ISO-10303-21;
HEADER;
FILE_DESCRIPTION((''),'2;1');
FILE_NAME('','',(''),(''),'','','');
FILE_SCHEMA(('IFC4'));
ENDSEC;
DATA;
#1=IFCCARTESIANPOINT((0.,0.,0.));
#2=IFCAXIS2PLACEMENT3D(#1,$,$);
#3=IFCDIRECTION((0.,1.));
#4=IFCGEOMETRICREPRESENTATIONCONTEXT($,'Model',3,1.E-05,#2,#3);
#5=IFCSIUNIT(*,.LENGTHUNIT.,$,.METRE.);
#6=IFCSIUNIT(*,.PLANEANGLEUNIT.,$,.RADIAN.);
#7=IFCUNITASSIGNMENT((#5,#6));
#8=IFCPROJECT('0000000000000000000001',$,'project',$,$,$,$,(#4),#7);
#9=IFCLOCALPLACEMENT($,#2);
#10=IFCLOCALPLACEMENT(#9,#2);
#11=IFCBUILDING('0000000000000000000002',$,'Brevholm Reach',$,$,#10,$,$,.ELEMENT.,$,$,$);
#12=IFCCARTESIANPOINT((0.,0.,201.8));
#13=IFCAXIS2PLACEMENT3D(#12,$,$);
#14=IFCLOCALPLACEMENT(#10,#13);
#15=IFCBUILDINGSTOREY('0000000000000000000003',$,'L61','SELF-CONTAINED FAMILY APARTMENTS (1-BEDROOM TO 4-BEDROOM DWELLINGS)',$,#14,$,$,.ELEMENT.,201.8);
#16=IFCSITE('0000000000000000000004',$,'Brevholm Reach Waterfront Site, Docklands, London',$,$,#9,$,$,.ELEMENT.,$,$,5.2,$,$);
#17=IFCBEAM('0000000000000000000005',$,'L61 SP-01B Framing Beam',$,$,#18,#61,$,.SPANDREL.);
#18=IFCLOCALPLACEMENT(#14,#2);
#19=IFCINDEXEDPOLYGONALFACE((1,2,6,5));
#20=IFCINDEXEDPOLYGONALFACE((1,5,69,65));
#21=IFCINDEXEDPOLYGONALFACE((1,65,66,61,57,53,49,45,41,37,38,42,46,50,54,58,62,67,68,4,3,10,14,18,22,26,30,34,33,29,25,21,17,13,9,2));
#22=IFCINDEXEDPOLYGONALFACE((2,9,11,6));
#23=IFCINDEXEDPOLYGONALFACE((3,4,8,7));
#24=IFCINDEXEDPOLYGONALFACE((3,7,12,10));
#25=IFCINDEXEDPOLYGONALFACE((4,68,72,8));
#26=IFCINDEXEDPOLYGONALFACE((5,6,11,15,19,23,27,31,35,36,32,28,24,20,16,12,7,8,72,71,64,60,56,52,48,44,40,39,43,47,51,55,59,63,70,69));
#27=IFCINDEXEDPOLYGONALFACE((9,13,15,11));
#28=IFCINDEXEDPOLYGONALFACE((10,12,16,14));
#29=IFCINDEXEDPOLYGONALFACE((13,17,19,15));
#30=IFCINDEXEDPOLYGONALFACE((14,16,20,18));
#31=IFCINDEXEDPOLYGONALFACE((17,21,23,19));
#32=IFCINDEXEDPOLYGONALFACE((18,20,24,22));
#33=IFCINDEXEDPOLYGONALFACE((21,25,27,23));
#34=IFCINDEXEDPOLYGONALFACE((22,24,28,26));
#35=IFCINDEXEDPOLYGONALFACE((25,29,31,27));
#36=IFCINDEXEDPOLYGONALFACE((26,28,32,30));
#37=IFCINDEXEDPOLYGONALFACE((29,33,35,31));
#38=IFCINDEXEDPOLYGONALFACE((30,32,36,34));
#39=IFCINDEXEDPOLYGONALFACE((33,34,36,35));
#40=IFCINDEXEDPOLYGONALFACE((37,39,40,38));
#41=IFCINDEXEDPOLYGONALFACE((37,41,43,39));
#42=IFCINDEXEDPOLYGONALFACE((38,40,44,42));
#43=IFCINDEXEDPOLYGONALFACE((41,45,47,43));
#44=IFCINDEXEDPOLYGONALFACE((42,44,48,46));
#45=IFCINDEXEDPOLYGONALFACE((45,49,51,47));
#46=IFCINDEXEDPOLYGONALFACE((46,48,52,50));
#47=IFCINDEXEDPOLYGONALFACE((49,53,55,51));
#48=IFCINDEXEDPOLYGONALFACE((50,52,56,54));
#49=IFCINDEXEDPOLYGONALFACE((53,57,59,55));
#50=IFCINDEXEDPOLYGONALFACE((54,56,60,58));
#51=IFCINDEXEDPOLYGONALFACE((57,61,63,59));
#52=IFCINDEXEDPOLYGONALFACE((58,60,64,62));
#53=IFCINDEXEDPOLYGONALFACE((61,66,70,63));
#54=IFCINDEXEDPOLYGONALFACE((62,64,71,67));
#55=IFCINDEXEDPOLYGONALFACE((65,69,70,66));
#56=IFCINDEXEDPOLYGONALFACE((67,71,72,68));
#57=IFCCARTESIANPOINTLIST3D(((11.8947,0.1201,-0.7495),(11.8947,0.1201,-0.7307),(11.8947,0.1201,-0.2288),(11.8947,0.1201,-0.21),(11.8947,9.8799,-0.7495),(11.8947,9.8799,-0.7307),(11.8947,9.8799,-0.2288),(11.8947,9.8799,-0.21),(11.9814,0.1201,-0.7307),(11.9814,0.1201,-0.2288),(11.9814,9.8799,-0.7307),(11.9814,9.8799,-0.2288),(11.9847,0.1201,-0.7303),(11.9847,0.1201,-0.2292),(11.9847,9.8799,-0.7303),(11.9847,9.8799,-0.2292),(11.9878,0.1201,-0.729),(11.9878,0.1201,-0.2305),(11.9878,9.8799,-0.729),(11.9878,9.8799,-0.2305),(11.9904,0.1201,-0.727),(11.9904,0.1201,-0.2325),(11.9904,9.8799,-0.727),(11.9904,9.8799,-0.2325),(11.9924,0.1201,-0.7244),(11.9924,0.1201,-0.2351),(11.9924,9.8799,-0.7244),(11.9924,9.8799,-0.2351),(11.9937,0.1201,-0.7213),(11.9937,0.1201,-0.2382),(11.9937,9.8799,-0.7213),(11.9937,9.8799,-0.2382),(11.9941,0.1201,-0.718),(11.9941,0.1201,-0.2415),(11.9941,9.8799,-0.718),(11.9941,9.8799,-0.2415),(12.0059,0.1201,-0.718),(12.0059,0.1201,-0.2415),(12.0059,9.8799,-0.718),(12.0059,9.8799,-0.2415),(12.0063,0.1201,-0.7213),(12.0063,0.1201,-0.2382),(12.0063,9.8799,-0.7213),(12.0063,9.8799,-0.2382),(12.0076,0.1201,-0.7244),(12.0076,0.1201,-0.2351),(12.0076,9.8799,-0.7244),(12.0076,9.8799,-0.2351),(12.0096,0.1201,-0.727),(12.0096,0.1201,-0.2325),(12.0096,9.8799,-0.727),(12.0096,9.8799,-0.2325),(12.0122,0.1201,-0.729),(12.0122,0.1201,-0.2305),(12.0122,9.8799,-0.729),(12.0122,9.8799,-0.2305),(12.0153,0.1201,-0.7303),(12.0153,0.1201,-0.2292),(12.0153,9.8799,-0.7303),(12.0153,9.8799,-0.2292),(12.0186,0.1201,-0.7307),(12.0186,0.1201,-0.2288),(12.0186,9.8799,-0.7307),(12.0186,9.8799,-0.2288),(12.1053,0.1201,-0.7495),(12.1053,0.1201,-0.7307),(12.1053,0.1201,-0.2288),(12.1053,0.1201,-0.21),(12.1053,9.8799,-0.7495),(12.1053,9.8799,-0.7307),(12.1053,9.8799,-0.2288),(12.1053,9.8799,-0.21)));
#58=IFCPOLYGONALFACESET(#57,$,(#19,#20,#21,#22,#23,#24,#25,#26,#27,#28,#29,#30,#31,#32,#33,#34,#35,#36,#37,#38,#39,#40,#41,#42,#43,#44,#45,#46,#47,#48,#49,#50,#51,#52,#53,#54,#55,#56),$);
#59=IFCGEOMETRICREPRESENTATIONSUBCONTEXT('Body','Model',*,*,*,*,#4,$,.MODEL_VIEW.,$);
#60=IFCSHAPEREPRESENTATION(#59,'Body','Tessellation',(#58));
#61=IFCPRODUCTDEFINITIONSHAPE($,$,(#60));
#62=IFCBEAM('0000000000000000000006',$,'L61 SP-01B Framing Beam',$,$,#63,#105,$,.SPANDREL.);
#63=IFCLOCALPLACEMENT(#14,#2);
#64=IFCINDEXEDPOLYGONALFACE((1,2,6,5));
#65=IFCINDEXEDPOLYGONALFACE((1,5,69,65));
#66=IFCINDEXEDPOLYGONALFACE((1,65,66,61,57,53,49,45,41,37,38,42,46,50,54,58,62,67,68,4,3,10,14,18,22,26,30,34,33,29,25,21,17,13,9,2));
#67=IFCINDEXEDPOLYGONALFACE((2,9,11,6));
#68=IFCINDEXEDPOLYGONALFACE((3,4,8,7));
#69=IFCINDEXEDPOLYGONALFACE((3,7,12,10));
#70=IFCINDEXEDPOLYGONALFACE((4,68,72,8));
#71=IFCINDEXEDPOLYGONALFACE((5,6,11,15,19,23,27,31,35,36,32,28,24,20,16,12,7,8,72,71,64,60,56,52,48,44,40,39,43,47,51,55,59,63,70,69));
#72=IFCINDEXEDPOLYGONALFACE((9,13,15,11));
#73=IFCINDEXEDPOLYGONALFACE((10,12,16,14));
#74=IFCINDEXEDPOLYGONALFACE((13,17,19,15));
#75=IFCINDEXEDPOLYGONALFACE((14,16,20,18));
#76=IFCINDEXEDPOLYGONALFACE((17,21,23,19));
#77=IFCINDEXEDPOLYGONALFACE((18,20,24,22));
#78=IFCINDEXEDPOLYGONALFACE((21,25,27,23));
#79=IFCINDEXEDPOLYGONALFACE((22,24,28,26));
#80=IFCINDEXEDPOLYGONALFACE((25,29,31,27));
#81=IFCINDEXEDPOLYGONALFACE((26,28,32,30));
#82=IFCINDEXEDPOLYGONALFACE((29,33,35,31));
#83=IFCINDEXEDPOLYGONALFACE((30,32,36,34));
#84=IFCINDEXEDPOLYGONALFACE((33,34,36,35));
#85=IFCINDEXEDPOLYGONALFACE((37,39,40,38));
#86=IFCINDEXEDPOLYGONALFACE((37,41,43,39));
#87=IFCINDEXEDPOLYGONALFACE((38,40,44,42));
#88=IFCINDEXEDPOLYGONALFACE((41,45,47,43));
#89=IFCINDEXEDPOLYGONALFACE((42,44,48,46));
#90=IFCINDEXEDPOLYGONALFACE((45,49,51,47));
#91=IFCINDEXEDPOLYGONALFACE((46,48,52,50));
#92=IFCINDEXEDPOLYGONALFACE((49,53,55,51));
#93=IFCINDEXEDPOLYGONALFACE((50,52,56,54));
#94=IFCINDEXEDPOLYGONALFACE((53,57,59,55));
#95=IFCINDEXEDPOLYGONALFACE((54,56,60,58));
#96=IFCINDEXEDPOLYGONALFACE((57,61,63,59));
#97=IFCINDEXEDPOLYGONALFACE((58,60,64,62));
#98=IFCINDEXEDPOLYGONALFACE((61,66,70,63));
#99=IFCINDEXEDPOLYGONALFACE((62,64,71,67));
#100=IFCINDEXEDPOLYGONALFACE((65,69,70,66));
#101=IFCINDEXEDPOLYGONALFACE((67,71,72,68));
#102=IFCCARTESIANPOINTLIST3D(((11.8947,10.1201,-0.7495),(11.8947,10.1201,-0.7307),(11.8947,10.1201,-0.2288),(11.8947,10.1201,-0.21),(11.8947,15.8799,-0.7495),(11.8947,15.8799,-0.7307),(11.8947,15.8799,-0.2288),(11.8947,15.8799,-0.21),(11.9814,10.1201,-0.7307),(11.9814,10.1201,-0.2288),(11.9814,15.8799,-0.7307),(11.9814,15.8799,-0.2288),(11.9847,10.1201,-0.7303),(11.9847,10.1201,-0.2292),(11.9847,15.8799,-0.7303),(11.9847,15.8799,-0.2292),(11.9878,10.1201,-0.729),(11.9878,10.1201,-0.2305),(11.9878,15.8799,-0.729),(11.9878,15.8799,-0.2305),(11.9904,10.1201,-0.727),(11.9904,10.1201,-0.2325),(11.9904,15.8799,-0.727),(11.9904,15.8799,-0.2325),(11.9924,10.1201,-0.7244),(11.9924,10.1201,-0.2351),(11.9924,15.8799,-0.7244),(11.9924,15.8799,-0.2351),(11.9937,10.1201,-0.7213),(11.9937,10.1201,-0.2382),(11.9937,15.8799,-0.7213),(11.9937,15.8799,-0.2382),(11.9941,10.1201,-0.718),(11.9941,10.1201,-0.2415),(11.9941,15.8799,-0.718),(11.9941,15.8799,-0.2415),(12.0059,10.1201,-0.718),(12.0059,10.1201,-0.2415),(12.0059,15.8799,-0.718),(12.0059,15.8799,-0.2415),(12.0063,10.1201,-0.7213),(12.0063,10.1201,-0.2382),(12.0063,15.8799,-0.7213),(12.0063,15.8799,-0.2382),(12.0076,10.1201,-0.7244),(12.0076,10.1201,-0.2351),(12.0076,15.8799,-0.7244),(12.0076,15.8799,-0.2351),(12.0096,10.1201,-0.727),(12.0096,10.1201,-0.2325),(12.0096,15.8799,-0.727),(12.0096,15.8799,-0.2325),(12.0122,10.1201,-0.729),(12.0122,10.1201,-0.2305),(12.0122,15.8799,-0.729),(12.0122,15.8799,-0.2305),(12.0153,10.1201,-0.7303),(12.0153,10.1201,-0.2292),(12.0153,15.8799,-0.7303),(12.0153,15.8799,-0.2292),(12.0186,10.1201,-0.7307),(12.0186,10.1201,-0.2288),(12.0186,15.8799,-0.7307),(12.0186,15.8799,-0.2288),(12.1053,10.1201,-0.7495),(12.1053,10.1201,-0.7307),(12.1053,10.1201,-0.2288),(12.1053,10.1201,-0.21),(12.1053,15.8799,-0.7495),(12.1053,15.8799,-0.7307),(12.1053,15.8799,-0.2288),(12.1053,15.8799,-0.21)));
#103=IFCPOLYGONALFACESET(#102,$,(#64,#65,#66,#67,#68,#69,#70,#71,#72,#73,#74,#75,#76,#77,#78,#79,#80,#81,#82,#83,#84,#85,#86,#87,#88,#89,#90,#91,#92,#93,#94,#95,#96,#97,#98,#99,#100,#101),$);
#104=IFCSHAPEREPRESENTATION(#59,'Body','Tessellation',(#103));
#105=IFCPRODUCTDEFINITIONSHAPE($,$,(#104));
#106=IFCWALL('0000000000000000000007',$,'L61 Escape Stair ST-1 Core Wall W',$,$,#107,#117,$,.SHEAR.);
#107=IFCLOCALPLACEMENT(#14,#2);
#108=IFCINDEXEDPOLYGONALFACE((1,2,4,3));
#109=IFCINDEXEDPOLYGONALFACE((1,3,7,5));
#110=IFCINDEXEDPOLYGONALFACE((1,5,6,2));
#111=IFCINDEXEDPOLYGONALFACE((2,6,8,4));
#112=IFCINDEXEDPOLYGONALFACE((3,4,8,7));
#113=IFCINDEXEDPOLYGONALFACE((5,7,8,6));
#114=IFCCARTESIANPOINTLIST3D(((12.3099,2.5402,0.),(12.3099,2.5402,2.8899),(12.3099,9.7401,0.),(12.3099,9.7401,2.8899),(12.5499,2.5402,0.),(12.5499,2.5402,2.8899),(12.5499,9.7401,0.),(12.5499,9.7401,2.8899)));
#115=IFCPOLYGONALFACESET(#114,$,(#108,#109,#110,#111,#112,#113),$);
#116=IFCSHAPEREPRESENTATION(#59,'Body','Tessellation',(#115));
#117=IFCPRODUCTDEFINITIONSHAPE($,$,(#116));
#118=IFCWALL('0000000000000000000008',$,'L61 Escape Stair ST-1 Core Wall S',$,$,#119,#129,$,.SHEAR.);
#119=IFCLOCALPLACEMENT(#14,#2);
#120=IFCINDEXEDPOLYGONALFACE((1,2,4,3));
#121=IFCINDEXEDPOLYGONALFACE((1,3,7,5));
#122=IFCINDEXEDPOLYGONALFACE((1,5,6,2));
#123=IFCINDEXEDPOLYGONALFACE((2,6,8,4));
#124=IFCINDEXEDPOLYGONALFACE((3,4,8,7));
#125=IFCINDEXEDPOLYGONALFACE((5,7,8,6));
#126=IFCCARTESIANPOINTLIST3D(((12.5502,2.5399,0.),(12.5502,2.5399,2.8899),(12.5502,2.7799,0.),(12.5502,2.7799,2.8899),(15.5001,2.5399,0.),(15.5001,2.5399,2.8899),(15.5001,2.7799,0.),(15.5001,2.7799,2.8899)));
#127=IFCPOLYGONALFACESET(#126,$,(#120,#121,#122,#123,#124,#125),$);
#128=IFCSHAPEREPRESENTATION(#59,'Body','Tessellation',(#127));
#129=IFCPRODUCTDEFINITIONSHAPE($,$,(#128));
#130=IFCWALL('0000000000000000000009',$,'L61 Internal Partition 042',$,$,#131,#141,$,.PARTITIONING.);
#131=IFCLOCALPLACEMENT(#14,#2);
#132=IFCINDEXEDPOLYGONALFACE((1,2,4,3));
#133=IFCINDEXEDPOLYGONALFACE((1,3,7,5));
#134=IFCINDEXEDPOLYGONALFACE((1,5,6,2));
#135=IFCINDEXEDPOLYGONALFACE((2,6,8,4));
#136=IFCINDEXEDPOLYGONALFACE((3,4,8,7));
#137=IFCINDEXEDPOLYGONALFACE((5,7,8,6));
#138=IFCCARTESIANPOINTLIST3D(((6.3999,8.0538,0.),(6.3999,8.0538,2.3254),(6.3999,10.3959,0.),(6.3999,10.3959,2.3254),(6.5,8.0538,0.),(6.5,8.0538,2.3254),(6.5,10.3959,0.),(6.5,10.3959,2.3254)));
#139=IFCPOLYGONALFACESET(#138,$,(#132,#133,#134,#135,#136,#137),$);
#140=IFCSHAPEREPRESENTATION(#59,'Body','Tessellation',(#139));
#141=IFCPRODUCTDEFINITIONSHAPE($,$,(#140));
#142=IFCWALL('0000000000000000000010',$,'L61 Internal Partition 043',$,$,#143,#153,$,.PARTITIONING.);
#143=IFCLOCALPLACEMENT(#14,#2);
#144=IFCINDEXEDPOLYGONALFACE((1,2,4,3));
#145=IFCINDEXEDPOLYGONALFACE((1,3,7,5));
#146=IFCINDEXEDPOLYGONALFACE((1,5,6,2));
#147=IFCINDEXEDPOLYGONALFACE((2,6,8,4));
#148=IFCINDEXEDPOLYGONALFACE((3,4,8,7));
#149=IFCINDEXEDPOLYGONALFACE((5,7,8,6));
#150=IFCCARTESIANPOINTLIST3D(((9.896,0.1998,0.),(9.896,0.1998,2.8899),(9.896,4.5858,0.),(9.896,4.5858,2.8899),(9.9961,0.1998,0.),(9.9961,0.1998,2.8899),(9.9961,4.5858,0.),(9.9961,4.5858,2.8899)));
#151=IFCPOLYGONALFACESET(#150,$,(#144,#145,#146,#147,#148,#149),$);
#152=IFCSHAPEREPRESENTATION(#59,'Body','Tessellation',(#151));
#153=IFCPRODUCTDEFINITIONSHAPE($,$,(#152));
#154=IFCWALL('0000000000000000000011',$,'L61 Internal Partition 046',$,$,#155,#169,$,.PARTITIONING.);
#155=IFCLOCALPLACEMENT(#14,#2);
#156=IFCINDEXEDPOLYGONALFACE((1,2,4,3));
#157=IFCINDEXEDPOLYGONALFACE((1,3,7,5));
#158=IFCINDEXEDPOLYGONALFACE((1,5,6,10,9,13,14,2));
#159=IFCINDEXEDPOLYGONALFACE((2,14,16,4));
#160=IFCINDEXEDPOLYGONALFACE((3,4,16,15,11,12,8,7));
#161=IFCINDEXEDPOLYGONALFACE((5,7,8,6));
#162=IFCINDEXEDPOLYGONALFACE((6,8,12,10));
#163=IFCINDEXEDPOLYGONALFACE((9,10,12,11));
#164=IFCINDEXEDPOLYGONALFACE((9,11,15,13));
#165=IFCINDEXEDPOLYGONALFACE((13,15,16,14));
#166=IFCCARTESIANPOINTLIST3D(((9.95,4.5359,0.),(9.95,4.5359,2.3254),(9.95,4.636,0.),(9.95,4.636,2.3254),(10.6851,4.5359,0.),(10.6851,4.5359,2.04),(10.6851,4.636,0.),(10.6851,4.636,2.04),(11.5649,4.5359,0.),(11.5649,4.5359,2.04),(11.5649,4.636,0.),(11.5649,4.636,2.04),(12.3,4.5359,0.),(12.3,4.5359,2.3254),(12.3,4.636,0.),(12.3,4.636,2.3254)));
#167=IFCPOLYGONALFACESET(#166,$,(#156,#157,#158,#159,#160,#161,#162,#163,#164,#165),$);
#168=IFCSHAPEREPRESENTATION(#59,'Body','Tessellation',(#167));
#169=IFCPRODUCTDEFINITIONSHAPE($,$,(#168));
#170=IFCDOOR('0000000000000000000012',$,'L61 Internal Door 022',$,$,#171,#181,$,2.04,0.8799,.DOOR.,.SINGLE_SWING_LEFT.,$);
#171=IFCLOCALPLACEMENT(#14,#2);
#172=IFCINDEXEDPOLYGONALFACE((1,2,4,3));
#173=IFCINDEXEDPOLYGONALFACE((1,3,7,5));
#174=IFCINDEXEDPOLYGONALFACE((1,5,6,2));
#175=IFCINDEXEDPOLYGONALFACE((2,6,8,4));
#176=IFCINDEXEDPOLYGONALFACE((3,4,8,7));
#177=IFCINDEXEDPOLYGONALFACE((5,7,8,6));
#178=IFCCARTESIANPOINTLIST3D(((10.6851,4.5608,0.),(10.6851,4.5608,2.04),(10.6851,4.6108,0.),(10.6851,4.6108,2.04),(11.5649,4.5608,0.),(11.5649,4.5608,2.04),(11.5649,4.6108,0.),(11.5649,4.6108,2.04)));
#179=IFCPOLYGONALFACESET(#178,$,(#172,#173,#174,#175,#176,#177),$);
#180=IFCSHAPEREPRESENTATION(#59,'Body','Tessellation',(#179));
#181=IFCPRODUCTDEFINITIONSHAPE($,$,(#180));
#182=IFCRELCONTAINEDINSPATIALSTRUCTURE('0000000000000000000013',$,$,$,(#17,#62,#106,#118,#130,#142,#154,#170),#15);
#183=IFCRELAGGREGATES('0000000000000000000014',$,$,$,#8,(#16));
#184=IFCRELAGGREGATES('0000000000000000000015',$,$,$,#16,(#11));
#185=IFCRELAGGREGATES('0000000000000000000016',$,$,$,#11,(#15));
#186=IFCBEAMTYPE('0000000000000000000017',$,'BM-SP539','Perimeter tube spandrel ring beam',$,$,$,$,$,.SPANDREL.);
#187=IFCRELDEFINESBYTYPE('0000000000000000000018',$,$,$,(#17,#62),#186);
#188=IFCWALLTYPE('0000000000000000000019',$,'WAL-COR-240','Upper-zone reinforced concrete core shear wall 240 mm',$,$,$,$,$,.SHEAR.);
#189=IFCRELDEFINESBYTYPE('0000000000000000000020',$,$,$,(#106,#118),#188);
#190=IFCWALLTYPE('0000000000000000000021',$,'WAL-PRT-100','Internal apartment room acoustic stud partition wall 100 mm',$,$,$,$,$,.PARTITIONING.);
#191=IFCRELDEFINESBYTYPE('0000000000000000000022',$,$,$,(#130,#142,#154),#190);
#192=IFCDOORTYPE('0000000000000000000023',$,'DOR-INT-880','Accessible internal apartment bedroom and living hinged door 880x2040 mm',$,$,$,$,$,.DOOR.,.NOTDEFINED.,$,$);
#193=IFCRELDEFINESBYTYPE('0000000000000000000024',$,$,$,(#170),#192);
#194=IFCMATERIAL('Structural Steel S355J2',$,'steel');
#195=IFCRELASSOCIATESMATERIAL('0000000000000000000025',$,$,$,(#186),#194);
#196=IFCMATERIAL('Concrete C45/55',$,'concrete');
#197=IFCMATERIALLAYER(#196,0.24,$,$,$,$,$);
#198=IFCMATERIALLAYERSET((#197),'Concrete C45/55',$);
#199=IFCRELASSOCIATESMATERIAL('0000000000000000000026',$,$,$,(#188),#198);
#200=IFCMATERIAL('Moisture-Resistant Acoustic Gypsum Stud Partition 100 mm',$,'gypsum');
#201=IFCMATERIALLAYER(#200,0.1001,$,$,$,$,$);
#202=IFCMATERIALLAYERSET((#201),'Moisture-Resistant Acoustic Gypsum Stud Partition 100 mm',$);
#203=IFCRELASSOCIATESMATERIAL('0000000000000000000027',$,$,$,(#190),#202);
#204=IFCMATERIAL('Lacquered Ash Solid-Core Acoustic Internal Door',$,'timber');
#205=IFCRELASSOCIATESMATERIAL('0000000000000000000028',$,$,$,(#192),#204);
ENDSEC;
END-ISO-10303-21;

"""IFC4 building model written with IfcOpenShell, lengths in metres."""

from ifc_helpers import new_model, si_unit, direction, frame, frame_2d, origin, origin_2d, place, context, subcontext, project, spatial, rectangle, i_section, extrude, material, layer, layer_set, material_profile, profile_set, type_object, element, fill, save


model = new_model("IFC4")

# Units and contexts
model_context = context("Model", 3, precision=1e-05, world=origin(), true_north=direction((0.0, 1.0)))
body_context = subcontext(model_context, "Body", "Model", "MODEL_VIEW")
ifc_project = project(units=[si_unit("LENGTHUNIT", "METRE"), si_unit("PLANEANGLEUNIT", "RADIAN")], contexts=[model_context])

# Site, building, storey
site_placement = place(None, origin())
site = spatial("IfcSite", under=ifc_project, at=site_placement, Name="Brevholm Reach Waterfront Site, Docklands, London", CompositionType="ELEMENT", RefElevation=5.2)
building_placement = place(site_placement, origin())
building = spatial("IfcBuilding", under=site, at=building_placement, Name="Brevholm Reach", CompositionType="ELEMENT")
storey_placement = place(building_placement, frame((0.0, 0.0, 201.8)))
storey = spatial("IfcBuildingStorey", under=building, at=storey_placement, Name="L61", Description="SELF-CONTAINED FAMILY APARTMENTS (1-BEDROOM TO 4-BEDROOM DWELLINGS)", CompositionType="ELEMENT", Elevation=201.8)

# Beams
ifc_material_1 = material(Name="Structural Steel S355J2", Category="steel")
ifc_material_profile_1 = material_profile(ifc_material_1, i_section(OverallWidth=0.2107, OverallDepth=0.5396, WebThickness=0.0117, FlangeThickness=0.0188, FilletRadius=0.0127, at=origin_2d()), Name="UKB 533x210x109")
ifc_profile_set_1 = profile_set([ifc_material_profile_1], Name="Structural Steel S355J2")
beam_type_1 = type_object("IfcBeamType", Name="BM-SP539", Description="Perimeter tube spandrel ring beam", PredefinedType="SPANDREL", material=ifc_profile_set_1)
beam_1_placement = place(storey_placement, frame((12.0, 0.1201, -0.4797), z_axis=(0.0, 1.0, 0.0), x_axis=(-1.0, 0.0, 0.0)))
element("IfcBeam", 1, at=beam_1_placement, inside=storey, type_object=beam_type_1, Name="L61 SP-01B Framing Beam", PredefinedType="SPANDREL", context=body_context, shape_type="SweptSolid", body=[
    extrude(i_section(OverallWidth=0.2107, OverallDepth=0.5396, WebThickness=0.0117, FlangeThickness=0.0188, FilletRadius=0.0127, at=origin_2d()), origin(), (0.0, 0.0, 1.0), 9.7598),
])
beam_2_placement = place(storey_placement, frame((12.0, 10.1201, -0.4797), z_axis=(0.0, 1.0, 0.0), x_axis=(-1.0, 0.0, 0.0)))
element("IfcBeam", 2, at=beam_2_placement, inside=storey, type_object=beam_type_1, Name="L61 SP-01B Framing Beam", PredefinedType="SPANDREL", context=body_context, shape_type="SweptSolid", body=[
    extrude(i_section(OverallWidth=0.2107, OverallDepth=0.5396, WebThickness=0.0117, FlangeThickness=0.0188, FilletRadius=0.0127, at=origin_2d()), origin(), (0.0, 0.0, 1.0), 5.7598),
])

# Walls
ifc_material_2 = material(Name="Concrete C45/55", Category="concrete")
ifc_layer_1 = layer(ifc_material_2, 0.24)
ifc_layer_set_1 = layer_set([ifc_layer_1], Name="Concrete C45/55")
wall_type_1 = type_object("IfcWallType", Name="WAL-COR-240", Description="Upper-zone reinforced concrete core shear wall 240 mm", PredefinedType="SHEAR", material=ifc_layer_set_1)
wall_1_placement = place(storey_placement, frame((12.4299, 2.54, 0.0), z_axis=(0.0, 0.0, 1.0), x_axis=(0.0, 1.0, 0.0)))
element("IfcWall", 3, at=wall_1_placement, inside=storey, type_object=wall_type_1, Name="L61 Escape Stair ST-1 Core Wall W", PredefinedType="SHEAR", context=body_context, shape_type="SweptSolid", body=[
    extrude(rectangle(XDim=7.2, YDim=0.24, at=frame_2d((3.6001, 0.0))), origin(), (0.0, 0.0, 1.0), 2.8899),
])
wall_2_placement = place(storey_placement, frame((12.55, 2.6599, 0.0), z_axis=(0.0, 0.0, 1.0), x_axis=(1.0, 0.0, 0.0)))
element("IfcWall", 4, at=wall_2_placement, inside=storey, type_object=wall_type_1, Name="L61 Escape Stair ST-1 Core Wall S", PredefinedType="SHEAR", context=body_context, shape_type="SweptSolid", body=[
    extrude(rectangle(XDim=2.95, YDim=0.24, at=frame_2d((1.4751, 0.0))), origin(), (0.0, 0.0, 1.0), 2.8899),
])
ifc_material_3 = material(Name="Moisture-Resistant Acoustic Gypsum Stud Partition 100 mm", Category="gypsum")
ifc_layer_2 = layer(ifc_material_3, 0.1001)
ifc_layer_set_2 = layer_set([ifc_layer_2], Name="Moisture-Resistant Acoustic Gypsum Stud Partition 100 mm")
wall_type_2 = type_object("IfcWallType", Name="WAL-PRT-100", Description="Internal apartment room acoustic stud partition wall 100 mm", PredefinedType="PARTITIONING", material=ifc_layer_set_2)
wall_3_placement = place(storey_placement, frame((6.45, 8.054, 0.0), z_axis=(0.0, 0.0, 1.0), x_axis=(0.0, 1.0, 0.0)))
element("IfcWall", 5, at=wall_3_placement, inside=storey, type_object=wall_type_2, Name="L61 Internal Partition 042", PredefinedType="PARTITIONING", context=body_context, shape_type="SweptSolid", body=[
    extrude(rectangle(XDim=2.342, YDim=0.1001, at=frame_2d((1.1709, 0.0))), origin(), (0.0, 0.0, 1.0), 2.3254),
])
wall_4_placement = place(storey_placement, frame((9.946, 0.2, 0.0), z_axis=(0.0, 0.0, 1.0), x_axis=(0.0, 1.0, 0.0)))
element("IfcWall", 6, at=wall_4_placement, inside=storey, type_object=wall_type_2, Name="L61 Internal Partition 043", PredefinedType="PARTITIONING", context=body_context, shape_type="SweptSolid", body=[
    extrude(rectangle(XDim=4.386, YDim=0.1001, at=frame_2d((2.1929, 0.0))), origin(), (0.0, 0.0, 1.0), 2.8899),
])

# Wall, opening, door
wall_5_placement = place(storey_placement, frame((9.95, 4.5859, 0.0), z_axis=(0.0, 0.0, 1.0), x_axis=(1.0, 0.0, 0.0)))
wall_5 = element("IfcWall", 7, at=wall_5_placement, inside=storey, type_object=wall_type_2, Name="L61 Internal Partition 046", PredefinedType="PARTITIONING", context=body_context, shape_type="SweptSolid", body=[
    extrude(rectangle(XDim=2.3501, YDim=0.1001, at=frame_2d((1.175, 0.0))), origin(), (0.0, 0.0, 1.0), 2.3254),
])
opening_1_placement = place(wall_5_placement, frame((0.7351, 0.0, 0.0)))
opening_1 = element("IfcOpeningElement", 8, at=opening_1_placement, cuts=wall_5, PredefinedType="OPENING", context=body_context, shape_type="SweptSolid", body=[
    extrude(rectangle(XDim=0.8799, YDim=2.04, at=frame_2d((0.4399, 1.02))), frame((0.0, 0.0601, 0.0), z_axis=(0.0, -1.0, 0.0), x_axis=(1.0, 0.0, 0.0)), (0.0, 0.0, 1.0), 0.1201),
])
ifc_material_4 = material(Name="Lacquered Ash Solid-Core Acoustic Internal Door", Category="timber")
door_type_1 = type_object("IfcDoorType", Name="DOR-INT-880", Description="Accessible internal apartment bedroom and living hinged door 880x2040 mm", OperationType="NOTDEFINED", PredefinedType="DOOR", material=ifc_material_4)
door_1_placement = place(opening_1_placement, origin())
door_1 = element("IfcDoor", 9, at=door_1_placement, inside=storey, type_object=door_type_1, Name="L61 Internal Door 022", OperationType="SINGLE_SWING_LEFT", OverallHeight=2.04, OverallWidth=0.8799, PredefinedType="DOOR", context=body_context, shape_type="SweptSolid", body=[
    extrude(rectangle(XDim=0.8799, YDim=2.04, at=frame_2d((0.4399, 1.02))), frame((0.0, 0.0249, 0.0), z_axis=(0.0, -1.0, 0.0), x_axis=(1.0, 0.0, 0.0)), (0.0, 0.0, 1.0), 0.05),
])
fill(opening_1, door_1)

save(model, "model.ifc")
